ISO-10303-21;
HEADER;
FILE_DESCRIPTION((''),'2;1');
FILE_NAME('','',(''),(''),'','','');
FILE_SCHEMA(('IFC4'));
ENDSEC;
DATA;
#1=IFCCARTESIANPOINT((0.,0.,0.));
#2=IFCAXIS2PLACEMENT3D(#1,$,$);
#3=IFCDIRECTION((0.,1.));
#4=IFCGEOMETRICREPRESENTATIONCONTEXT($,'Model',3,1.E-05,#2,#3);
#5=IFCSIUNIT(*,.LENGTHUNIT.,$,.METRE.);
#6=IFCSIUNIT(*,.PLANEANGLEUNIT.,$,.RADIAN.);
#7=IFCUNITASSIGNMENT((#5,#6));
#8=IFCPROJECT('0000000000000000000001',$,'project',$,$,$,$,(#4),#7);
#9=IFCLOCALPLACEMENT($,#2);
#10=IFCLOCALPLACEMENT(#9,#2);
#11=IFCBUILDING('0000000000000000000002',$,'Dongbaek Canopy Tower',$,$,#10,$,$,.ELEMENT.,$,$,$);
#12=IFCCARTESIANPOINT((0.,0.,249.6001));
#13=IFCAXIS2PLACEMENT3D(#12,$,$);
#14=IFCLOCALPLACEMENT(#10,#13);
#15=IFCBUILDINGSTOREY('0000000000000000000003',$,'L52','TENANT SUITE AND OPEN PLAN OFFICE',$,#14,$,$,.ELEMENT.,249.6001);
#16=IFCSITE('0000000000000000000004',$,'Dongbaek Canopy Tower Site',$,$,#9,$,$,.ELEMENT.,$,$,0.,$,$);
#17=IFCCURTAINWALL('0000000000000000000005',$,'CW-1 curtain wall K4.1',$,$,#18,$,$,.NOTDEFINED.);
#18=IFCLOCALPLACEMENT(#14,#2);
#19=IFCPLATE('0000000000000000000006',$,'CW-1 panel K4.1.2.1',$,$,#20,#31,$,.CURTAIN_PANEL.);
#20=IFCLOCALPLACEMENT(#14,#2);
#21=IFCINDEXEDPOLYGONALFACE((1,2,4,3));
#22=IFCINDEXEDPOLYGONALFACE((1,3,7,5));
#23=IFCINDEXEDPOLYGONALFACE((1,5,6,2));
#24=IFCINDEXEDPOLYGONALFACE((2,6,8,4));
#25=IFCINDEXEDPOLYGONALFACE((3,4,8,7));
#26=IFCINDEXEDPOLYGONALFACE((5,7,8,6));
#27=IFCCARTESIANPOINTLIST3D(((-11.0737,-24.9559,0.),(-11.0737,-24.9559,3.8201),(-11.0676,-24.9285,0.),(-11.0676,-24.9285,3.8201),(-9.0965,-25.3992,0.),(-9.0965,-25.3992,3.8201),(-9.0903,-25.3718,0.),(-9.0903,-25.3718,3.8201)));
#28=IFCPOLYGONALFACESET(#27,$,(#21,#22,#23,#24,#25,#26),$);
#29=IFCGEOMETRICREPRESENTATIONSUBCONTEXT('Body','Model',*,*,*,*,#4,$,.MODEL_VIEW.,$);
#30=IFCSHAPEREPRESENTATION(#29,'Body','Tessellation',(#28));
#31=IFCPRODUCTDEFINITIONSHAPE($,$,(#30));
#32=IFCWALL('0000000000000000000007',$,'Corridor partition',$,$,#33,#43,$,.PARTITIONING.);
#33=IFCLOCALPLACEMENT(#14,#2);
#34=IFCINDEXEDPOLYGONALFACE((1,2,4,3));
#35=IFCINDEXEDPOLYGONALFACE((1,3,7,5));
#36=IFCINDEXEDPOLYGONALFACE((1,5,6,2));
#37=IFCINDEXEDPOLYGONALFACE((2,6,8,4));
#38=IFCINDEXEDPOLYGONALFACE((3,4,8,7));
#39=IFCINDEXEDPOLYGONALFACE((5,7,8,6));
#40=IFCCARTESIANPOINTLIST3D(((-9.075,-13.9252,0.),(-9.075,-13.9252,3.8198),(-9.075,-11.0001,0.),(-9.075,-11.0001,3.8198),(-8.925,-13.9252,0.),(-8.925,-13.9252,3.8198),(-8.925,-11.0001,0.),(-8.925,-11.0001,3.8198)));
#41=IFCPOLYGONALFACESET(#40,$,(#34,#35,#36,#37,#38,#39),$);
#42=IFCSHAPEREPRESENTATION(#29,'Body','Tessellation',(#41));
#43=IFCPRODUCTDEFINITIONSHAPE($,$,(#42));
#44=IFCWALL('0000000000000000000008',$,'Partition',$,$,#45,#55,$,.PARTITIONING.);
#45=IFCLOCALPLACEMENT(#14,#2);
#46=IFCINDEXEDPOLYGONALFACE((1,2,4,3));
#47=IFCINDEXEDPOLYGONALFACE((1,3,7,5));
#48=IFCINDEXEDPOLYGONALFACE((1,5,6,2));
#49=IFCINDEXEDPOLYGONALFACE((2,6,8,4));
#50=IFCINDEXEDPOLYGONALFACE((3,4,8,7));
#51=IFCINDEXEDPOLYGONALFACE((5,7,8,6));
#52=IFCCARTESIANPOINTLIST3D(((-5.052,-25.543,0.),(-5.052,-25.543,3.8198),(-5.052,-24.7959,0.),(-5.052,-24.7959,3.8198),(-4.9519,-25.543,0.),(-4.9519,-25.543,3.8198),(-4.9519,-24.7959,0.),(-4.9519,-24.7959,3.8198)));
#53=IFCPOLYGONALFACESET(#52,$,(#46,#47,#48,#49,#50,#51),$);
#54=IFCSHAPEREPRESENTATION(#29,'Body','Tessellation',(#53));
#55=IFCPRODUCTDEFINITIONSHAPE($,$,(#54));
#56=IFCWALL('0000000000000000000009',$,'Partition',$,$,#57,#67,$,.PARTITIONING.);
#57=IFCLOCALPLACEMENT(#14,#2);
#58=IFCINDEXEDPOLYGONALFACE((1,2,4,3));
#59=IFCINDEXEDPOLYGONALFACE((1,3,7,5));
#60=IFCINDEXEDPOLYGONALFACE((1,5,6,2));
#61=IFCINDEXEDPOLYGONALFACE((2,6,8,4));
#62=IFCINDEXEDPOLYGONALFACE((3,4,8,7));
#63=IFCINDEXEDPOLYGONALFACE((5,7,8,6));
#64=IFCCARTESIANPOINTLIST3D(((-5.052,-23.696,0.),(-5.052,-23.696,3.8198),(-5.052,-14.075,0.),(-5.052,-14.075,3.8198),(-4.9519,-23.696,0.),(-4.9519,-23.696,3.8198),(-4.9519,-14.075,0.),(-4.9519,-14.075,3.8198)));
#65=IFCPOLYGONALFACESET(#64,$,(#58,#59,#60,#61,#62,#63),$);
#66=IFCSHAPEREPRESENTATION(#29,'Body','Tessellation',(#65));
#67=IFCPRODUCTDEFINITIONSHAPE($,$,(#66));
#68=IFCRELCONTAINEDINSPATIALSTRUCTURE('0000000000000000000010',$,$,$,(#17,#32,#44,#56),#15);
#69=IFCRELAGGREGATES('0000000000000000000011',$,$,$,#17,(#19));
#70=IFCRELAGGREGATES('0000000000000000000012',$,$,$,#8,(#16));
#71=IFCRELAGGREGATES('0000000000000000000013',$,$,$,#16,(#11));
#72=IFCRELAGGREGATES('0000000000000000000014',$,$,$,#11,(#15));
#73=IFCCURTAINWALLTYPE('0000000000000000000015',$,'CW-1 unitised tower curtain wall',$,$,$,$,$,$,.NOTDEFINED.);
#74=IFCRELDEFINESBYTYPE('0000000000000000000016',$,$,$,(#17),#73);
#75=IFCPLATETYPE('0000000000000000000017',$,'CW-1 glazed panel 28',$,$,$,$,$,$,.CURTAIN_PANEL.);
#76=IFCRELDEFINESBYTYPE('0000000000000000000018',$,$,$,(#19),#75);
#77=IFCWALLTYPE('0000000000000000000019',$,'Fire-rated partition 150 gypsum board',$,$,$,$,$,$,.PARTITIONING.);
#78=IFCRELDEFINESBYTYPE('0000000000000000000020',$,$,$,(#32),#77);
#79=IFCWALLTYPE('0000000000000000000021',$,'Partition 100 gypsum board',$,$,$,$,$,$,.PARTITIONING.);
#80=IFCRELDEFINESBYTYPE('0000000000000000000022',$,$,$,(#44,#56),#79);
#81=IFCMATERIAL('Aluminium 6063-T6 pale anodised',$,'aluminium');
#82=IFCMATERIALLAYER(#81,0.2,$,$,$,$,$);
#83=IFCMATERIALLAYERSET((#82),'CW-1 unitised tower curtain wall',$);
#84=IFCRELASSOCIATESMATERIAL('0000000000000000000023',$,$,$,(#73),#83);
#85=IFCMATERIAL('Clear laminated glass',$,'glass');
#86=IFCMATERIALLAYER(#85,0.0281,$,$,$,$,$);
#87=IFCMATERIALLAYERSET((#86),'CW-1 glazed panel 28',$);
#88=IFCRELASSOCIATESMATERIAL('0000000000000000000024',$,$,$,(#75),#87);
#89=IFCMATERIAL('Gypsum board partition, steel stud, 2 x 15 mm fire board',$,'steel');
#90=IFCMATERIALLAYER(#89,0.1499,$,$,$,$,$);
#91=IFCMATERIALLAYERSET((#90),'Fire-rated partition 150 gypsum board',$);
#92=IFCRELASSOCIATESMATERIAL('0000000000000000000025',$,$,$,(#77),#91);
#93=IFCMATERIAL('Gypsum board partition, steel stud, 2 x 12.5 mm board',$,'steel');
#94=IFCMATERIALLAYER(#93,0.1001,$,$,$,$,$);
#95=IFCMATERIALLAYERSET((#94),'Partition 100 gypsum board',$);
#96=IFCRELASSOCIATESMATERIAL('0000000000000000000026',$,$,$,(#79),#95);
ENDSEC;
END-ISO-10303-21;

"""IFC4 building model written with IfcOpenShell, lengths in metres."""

from ifc_helpers import new_model, si_unit, direction, frame, frame_2d, origin, origin_2d, place, context, subcontext, project, spatial, rectangle, extrude, material, layer, layer_set, type_object, element, aggregate, save


model = new_model("IFC4")

# Units and contexts
model_context = context("Model", 3, precision=1e-05, world=origin(), true_north=direction((0.0, 1.0)))
body_context = subcontext(model_context, "Body", "Model", "MODEL_VIEW")
ifc_project = project(units=[si_unit("LENGTHUNIT", "METRE"), si_unit("PLANEANGLEUNIT", "RADIAN")], contexts=[model_context])

# Site, building, storey
site_placement = place(None, origin())
site = spatial("IfcSite", under=ifc_project, at=site_placement, Name="Dongbaek Canopy Tower Site", CompositionType="ELEMENT", RefElevation=0.0)
building_placement = place(site_placement, origin())
building = spatial("IfcBuilding", under=site, at=building_placement, Name="Dongbaek Canopy Tower", CompositionType="ELEMENT")
storey_placement = place(building_placement, frame((0.0, 0.0, 249.6001)))
storey = spatial("IfcBuildingStorey", under=building, at=storey_placement, Name="L52", Description="TENANT SUITE AND OPEN PLAN OFFICE", CompositionType="ELEMENT", Elevation=249.6001)

# Curtain wall
ifc_material_1 = material(Name="Aluminium 6063-T6 pale anodised", Category="aluminium")
ifc_layer_1 = layer(ifc_material_1, 0.2)
ifc_layer_set_1 = layer_set([ifc_layer_1], Name="CW-1 unitised tower curtain wall")
curtain_wall_type = type_object("IfcCurtainWallType", Name="CW-1 unitised tower curtain wall", PredefinedType="NOTDEFINED", material=ifc_layer_set_1)
curtain_wall_placement = place(storey_placement, origin())
curtain_wall = element("IfcCurtainWall", 1, at=curtain_wall_placement, inside=storey, type_object=curtain_wall_type, Name="CW-1 curtain wall K4.1", PredefinedType="NOTDEFINED")

# Plate
ifc_material_2 = material(Name="Clear laminated glass", Category="glass")
ifc_layer_2 = layer(ifc_material_2, 0.0281)
ifc_layer_set_2 = layer_set([ifc_layer_2], Name="CW-1 glazed panel 28")
plate_type = type_object("IfcPlateType", Name="CW-1 glazed panel 28", PredefinedType="CURTAIN_PANEL", material=ifc_layer_set_2)
plate_1_placement = place(storey_placement, frame((-10.082, -25.1638, 0.0), z_axis=(0.0, 0.0, 1.0), x_axis=(0.975774, -0.218779, 0.0)))
plate_1 = element("IfcPlate", 2, at=plate_1_placement, type_object=plate_type, Name="CW-1 panel K4.1.2.1", PredefinedType="CURTAIN_PANEL", context=body_context, shape_type="SweptSolid", body=[
    extrude(rectangle(XDim=2.0264, YDim=0.0281, at=origin_2d()), origin(), (0.0, 0.0, 1.0), 3.8201),
])
aggregate(curtain_wall, [plate_1])

# Walls
ifc_material_3 = material(Name="Gypsum board partition, steel stud, 2 x 15 mm fire board", Category="steel")
ifc_layer_3 = layer(ifc_material_3, 0.1499)
ifc_layer_set_3 = layer_set([ifc_layer_3], Name="Fire-rated partition 150 gypsum board")
wall_type_1 = type_object("IfcWallType", Name="Fire-rated partition 150 gypsum board", PredefinedType="PARTITIONING", material=ifc_layer_set_3)
wall_1_placement = place(storey_placement, frame((-9.0, -13.925, 0.0), z_axis=(0.0, 0.0, 1.0), x_axis=(0.0, 1.0, 0.0)))
element("IfcWall", 3, at=wall_1_placement, inside=storey, type_object=wall_type_1, Name="Corridor partition", PredefinedType="PARTITIONING", context=body_context, shape_type="SweptSolid", body=[
    extrude(rectangle(XDim=2.925, YDim=0.1499, at=frame_2d((1.4624, 0.0))), origin(), (0.0, 0.0, 1.0), 3.8198),
])
ifc_material_4 = material(Name="Gypsum board partition, steel stud, 2 x 12.5 mm board", Category="steel")
ifc_layer_4 = layer(ifc_material_4, 0.1001)
ifc_layer_set_4 = layer_set([ifc_layer_4], Name="Partition 100 gypsum board")
wall_type_2 = type_object("IfcWallType", Name="Partition 100 gypsum board", PredefinedType="PARTITIONING", material=ifc_layer_set_4)
wall_2_placement = place(storey_placement, frame((-5.002, -25.543, 0.0), z_axis=(0.0, 0.0, 1.0), x_axis=(0.0, 1.0, 0.0)))
element("IfcWall", 4, at=wall_2_placement, inside=storey, type_object=wall_type_2, Name="Partition", PredefinedType="PARTITIONING", context=body_context, shape_type="SweptSolid", body=[
    extrude(rectangle(XDim=0.7471, YDim=0.1001, at=frame_2d((0.3735, 0.0))), origin(), (0.0, 0.0, 1.0), 3.8198),
])
wall_3_placement = place(storey_placement, frame((-5.002, -23.696, 0.0), z_axis=(0.0, 0.0, 1.0), x_axis=(0.0, 1.0, 0.0)))
element("IfcWall", 5, at=wall_3_placement, inside=storey, type_object=wall_type_2, Name="Partition", PredefinedType="PARTITIONING", context=body_context, shape_type="SweptSolid", body=[
    extrude(rectangle(XDim=9.6211, YDim=0.1001, at=frame_2d((4.8105, 0.0))), origin(), (0.0, 0.0, 1.0), 3.8198),
])

save(model, "model.ifc")
